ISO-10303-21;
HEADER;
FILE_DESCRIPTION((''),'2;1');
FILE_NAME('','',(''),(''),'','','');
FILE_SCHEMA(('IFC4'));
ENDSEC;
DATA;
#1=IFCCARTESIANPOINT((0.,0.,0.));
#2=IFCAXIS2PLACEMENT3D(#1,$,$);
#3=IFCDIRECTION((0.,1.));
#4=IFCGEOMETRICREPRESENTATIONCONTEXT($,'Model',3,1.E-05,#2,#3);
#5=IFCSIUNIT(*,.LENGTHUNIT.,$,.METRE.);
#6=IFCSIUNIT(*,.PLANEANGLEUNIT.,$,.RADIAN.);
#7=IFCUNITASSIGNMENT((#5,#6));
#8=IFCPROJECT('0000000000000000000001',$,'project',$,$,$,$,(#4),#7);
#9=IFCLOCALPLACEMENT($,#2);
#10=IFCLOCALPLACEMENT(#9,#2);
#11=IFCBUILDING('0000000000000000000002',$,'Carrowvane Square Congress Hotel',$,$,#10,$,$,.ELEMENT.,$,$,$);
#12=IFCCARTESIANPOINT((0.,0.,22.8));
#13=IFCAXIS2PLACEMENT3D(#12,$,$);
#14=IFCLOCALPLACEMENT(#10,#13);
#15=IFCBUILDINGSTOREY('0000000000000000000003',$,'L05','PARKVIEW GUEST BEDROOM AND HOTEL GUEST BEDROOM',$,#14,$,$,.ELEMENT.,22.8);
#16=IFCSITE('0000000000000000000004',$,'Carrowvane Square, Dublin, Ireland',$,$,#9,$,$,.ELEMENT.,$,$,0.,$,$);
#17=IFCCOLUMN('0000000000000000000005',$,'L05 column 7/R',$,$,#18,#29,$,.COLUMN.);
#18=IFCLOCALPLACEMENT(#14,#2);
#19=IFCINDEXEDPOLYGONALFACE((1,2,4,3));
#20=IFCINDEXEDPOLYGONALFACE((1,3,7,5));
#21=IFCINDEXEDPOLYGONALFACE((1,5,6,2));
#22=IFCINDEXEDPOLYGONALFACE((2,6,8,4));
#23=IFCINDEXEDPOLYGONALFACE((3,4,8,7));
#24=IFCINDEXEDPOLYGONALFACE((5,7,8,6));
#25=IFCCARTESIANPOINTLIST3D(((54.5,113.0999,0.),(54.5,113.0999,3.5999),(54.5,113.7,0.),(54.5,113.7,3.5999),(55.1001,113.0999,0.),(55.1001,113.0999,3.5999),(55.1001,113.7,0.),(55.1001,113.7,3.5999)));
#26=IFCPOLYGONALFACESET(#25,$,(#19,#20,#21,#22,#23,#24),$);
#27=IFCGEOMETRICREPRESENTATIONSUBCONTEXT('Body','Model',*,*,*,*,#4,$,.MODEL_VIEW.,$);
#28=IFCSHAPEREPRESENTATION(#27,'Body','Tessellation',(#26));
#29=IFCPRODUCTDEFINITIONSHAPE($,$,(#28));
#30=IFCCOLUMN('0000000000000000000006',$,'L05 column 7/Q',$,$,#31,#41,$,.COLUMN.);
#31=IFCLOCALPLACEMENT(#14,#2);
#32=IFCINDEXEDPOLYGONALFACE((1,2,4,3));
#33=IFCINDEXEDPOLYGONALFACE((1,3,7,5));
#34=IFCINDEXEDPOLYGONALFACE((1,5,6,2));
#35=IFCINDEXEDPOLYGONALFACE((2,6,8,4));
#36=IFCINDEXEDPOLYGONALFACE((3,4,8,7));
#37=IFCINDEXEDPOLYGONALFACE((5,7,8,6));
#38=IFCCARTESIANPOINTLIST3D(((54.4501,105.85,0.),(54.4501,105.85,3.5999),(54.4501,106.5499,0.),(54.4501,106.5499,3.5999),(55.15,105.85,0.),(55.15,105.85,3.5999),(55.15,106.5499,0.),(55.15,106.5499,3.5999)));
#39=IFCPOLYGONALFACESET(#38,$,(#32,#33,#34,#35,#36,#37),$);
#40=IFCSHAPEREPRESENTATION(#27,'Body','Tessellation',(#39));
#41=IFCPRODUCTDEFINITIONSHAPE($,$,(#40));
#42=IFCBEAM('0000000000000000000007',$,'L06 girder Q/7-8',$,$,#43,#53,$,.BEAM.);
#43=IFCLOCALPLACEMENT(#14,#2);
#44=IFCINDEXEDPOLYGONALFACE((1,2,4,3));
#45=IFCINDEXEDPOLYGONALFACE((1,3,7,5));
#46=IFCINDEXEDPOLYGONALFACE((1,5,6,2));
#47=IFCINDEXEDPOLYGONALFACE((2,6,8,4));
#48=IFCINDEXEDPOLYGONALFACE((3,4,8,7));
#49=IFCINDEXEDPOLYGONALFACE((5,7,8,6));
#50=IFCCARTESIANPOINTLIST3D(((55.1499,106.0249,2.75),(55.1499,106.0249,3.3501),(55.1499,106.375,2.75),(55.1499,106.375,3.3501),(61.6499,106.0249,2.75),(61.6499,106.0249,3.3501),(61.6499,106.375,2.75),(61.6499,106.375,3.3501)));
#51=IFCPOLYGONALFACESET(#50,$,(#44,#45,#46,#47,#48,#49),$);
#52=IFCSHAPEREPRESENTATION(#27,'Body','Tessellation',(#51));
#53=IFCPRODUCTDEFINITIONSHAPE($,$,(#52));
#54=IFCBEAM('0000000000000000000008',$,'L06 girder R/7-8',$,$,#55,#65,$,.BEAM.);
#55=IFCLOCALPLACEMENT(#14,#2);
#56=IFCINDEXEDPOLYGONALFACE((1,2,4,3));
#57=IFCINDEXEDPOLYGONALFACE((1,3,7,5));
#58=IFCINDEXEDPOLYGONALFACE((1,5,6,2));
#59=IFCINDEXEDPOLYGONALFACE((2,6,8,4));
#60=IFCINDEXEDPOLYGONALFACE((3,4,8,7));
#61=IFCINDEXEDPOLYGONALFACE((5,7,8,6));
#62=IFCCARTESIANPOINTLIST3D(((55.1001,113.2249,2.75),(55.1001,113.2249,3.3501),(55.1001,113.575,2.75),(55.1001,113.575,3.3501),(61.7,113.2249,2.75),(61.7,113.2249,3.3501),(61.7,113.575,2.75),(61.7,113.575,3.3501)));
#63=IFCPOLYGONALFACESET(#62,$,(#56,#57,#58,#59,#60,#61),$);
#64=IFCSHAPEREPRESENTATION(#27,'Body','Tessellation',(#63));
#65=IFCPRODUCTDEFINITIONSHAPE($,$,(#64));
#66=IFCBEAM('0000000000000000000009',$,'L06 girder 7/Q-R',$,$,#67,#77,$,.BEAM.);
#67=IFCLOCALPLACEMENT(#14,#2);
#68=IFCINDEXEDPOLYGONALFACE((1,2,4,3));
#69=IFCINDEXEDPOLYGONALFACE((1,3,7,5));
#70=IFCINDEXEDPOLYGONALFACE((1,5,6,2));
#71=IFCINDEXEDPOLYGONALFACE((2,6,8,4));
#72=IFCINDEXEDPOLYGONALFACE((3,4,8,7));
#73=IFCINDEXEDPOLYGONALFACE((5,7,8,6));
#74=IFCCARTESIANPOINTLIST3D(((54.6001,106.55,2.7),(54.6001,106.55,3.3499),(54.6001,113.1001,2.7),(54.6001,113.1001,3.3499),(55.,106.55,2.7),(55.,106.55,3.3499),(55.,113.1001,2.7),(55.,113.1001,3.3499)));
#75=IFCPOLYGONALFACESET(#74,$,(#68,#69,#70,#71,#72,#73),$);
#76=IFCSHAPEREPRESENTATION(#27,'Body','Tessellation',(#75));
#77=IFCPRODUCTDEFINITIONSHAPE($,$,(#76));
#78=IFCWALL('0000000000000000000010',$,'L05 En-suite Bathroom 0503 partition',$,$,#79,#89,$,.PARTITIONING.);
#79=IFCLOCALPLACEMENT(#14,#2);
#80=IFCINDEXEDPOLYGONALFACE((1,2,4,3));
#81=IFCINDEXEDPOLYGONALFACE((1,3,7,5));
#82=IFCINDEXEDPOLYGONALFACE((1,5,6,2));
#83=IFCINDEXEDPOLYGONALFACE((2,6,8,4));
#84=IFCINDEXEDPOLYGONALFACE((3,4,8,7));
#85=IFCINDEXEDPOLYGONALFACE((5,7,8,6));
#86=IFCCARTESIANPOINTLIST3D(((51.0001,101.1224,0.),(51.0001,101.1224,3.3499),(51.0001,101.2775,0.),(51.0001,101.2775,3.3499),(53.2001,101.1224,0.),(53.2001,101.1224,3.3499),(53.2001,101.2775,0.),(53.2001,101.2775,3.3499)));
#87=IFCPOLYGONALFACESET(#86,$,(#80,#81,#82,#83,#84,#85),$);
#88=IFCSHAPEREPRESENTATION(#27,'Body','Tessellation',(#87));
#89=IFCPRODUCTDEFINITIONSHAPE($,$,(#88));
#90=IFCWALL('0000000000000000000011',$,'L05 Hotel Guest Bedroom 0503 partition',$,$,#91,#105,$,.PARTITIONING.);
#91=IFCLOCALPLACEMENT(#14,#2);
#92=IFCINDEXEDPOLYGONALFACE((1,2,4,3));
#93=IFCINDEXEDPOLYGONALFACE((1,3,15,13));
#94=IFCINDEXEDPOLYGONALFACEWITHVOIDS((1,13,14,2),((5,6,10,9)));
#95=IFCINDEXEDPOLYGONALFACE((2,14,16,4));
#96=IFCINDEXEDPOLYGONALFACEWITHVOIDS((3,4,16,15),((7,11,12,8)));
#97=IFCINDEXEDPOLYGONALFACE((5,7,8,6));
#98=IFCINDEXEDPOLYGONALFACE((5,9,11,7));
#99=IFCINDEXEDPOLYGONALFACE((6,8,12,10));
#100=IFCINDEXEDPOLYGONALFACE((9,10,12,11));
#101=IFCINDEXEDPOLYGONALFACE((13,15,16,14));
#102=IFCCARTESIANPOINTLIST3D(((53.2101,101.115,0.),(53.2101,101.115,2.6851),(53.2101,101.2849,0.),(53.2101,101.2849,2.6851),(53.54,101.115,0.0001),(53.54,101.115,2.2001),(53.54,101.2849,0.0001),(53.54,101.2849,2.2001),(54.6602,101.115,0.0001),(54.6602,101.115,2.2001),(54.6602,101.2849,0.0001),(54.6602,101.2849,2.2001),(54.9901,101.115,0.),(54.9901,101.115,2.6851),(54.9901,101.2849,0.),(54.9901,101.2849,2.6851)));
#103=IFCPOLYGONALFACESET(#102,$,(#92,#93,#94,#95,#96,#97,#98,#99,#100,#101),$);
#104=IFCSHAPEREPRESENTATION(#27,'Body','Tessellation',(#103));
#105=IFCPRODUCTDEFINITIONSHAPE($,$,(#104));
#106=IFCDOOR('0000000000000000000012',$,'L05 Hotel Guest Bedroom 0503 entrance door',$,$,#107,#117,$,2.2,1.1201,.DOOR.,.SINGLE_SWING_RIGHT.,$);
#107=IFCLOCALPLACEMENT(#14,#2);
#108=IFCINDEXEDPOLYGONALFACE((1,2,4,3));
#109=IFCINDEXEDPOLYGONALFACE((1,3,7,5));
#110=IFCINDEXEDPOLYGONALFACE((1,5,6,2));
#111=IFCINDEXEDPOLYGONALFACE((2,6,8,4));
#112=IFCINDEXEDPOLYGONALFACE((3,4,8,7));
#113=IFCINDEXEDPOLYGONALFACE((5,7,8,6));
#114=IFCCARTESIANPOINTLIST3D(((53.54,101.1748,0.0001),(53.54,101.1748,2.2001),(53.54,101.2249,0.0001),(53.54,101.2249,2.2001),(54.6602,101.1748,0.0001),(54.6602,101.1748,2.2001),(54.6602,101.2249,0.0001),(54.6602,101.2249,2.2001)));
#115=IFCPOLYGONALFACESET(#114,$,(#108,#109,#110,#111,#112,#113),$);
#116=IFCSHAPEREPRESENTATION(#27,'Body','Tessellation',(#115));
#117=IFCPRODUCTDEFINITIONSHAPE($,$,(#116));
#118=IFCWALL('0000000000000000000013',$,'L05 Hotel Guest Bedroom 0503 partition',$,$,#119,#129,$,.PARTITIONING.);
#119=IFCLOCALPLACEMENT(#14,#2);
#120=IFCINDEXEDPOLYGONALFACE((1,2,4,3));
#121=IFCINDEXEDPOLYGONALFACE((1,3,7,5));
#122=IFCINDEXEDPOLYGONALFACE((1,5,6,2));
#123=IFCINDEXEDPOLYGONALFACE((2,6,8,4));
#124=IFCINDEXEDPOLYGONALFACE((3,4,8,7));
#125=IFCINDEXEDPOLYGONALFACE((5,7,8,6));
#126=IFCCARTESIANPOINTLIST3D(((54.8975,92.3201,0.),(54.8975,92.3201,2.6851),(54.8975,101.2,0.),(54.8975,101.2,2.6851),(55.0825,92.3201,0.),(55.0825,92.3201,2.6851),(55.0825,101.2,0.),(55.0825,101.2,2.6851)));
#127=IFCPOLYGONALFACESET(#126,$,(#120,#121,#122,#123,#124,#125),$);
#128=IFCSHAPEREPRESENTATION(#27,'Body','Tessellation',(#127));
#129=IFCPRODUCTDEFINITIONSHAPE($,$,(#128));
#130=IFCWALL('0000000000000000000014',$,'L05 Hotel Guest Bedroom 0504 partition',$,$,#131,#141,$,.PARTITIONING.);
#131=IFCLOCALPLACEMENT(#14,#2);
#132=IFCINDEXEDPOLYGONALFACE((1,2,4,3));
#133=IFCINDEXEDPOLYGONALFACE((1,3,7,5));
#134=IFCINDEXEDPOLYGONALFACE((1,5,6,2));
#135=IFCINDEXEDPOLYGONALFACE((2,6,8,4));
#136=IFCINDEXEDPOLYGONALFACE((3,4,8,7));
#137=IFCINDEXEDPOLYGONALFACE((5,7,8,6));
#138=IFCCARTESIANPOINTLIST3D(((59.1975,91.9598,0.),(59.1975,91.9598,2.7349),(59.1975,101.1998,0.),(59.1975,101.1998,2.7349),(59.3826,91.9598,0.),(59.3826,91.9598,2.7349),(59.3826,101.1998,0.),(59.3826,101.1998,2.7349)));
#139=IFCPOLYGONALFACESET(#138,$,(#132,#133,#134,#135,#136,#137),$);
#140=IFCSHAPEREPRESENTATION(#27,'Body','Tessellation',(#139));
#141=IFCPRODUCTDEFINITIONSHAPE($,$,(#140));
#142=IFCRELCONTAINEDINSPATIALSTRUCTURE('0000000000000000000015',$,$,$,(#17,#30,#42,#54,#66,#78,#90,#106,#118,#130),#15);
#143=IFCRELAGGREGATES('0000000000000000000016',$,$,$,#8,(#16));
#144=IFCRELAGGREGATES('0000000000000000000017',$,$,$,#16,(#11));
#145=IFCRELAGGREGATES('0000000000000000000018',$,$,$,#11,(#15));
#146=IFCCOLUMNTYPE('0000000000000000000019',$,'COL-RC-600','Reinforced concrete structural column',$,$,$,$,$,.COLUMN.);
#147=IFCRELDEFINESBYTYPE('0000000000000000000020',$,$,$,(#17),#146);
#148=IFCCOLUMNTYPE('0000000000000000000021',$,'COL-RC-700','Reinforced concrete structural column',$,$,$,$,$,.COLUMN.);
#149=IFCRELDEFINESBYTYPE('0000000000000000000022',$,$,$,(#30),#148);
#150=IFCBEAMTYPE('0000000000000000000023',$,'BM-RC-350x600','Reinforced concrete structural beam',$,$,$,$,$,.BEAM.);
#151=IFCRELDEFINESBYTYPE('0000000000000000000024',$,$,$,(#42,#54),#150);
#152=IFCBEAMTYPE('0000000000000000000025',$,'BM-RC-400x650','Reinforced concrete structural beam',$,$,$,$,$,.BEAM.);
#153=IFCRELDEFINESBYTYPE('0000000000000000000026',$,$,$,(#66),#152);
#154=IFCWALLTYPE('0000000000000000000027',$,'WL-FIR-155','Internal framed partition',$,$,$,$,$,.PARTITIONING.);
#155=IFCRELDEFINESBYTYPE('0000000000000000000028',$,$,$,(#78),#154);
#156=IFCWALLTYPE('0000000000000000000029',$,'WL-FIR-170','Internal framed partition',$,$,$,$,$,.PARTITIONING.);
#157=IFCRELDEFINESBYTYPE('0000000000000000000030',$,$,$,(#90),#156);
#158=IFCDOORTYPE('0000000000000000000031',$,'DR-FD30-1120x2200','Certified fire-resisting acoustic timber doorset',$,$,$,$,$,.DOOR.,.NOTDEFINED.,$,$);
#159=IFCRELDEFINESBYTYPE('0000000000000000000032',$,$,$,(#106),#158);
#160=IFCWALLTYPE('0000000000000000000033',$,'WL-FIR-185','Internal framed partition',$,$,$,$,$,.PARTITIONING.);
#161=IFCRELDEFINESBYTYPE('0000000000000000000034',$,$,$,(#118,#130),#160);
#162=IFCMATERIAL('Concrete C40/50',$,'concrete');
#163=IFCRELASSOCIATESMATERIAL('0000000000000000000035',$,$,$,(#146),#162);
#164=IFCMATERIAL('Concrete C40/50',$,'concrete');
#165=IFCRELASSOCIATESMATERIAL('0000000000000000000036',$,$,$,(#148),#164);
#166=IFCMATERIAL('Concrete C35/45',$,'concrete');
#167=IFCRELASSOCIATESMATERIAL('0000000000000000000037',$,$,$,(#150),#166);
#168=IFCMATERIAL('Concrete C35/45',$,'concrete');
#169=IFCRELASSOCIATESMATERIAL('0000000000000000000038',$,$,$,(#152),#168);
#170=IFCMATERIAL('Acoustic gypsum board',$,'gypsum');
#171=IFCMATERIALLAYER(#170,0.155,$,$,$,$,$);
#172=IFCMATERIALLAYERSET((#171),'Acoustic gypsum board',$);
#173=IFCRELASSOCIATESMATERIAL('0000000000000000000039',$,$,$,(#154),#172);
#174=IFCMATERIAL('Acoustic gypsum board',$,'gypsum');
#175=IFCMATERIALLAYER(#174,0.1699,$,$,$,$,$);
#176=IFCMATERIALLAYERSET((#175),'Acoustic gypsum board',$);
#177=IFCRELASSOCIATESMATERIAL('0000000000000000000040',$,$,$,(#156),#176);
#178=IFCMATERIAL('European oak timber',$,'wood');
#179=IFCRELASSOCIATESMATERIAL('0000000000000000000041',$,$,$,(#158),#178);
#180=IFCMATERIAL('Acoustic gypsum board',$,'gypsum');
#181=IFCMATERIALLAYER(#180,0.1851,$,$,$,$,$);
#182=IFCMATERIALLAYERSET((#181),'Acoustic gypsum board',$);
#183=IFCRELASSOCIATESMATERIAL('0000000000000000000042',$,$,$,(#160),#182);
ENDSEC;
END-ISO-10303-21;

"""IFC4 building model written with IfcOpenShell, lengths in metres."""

from ifc_helpers import new_model, si_unit, direction, frame, frame_2d, origin, origin_2d, place, context, subcontext, project, spatial, rectangle, extrude, material, layer, layer_set, material_profile, profile_set, type_object, element, fill, save


model = new_model("IFC4")

# Units and contexts
model_context = context("Model", 3, precision=1e-05, world=origin(), true_north=direction((0.0, 1.0)))
body_context = subcontext(model_context, "Body", "Model", "MODEL_VIEW")
ifc_project = project(units=[si_unit("LENGTHUNIT", "METRE"), si_unit("PLANEANGLEUNIT", "RADIAN")], contexts=[model_context])

# Site, building, storey
site_placement = place(None, origin())
site = spatial("IfcSite", under=ifc_project, at=site_placement, Name="Carrowvane Square, Dublin, Ireland", CompositionType="ELEMENT", RefElevation=0.0)
building_placement = place(site_placement, origin())
building = spatial("IfcBuilding", under=site, at=building_placement, Name="Carrowvane Square Congress Hotel", CompositionType="ELEMENT")
storey_placement = place(building_placement, frame((0.0, 0.0, 22.8)))
storey = spatial("IfcBuildingStorey", under=building, at=storey_placement, Name="L05", Description="PARKVIEW GUEST BEDROOM AND HOTEL GUEST BEDROOM", CompositionType="ELEMENT", Elevation=22.8)

# Columns
ifc_material_1 = material(Name="Concrete C40/50", Category="concrete")
ifc_material_profile_1 = material_profile(ifc_material_1, rectangle(XDim=0.6001, YDim=0.6001, at=origin_2d()), Name="RC 600x600")
ifc_profile_set_1 = profile_set([ifc_material_profile_1], Name="Concrete C40/50")
column_type_1 = type_object("IfcColumnType", Name="COL-RC-600", Description="Reinforced concrete structural column", PredefinedType="COLUMN", material=ifc_profile_set_1)
column_1_placement = place(storey_placement, frame((54.8, 113.3999, 0.0), z_axis=(0.0, 0.0, 1.0), x_axis=(1.0, 0.0, 0.0)))
element("IfcColumn", 1, at=column_1_placement, inside=storey, type_object=column_type_1, Name="L05 column 7/R", PredefinedType="COLUMN", context=body_context, shape_type="SweptSolid", body=[
    extrude(rectangle(XDim=0.6001, YDim=0.6001, at=origin_2d()), origin(), (0.0, 0.0, 1.0), 3.5999),
])
ifc_material_2 = material(Name="Concrete C40/50", Category="concrete")
ifc_material_profile_2 = material_profile(ifc_material_2, rectangle(XDim=0.7, YDim=0.7, at=origin_2d()), Name="RC 700x700")
ifc_profile_set_2 = profile_set([ifc_material_profile_2], Name="Concrete C40/50")
column_type_2 = type_object("IfcColumnType", Name="COL-RC-700", Description="Reinforced concrete structural column", PredefinedType="COLUMN", material=ifc_profile_set_2)
column_2_placement = place(storey_placement, frame((54.8, 106.2, 0.0), z_axis=(0.0, 0.0, 1.0), x_axis=(1.0, 0.0, 0.0)))
element("IfcColumn", 2, at=column_2_placement, inside=storey, type_object=column_type_2, Name="L05 column 7/Q", PredefinedType="COLUMN", context=body_context, shape_type="SweptSolid", body=[
    extrude(rectangle(XDim=0.7, YDim=0.7, at=origin_2d()), origin(), (0.0, 0.0, 1.0), 3.5999),
])

# Beams
ifc_material_3 = material(Name="Concrete C35/45", Category="concrete")
ifc_material_profile_3 = material_profile(ifc_material_3, rectangle(XDim=0.3501, YDim=0.6001, at=origin_2d()), Name="RC 350x600")
ifc_profile_set_3 = profile_set([ifc_material_profile_3], Name="Concrete C35/45")
beam_type_1 = type_object("IfcBeamType", Name="BM-RC-350x600", Description="Reinforced concrete structural beam", PredefinedType="BEAM", material=ifc_profile_set_3)
beam_1_placement = place(storey_placement, frame((55.1499, 106.2, 3.05), z_axis=(1.0, 0.0, 0.0), x_axis=(0.0, 1.0, 0.0)))
element("IfcBeam", 3, at=beam_1_placement, inside=storey, type_object=beam_type_1, Name="L06 girder Q/7-8", PredefinedType="BEAM", context=body_context, shape_type="SweptSolid", body=[
    extrude(rectangle(XDim=0.3501, YDim=0.6001, at=origin_2d()), origin(), (0.0, 0.0, 1.0), 6.5),
])
beam_2_placement = place(storey_placement, frame((55.1001, 113.3999, 3.05), z_axis=(1.0, 0.0, 0.0), x_axis=(0.0, 1.0, 0.0)))
element("IfcBeam", 4, at=beam_2_placement, inside=storey, type_object=beam_type_1, Name="L06 girder R/7-8", PredefinedType="BEAM", context=body_context, shape_type="SweptSolid", body=[
    extrude(rectangle(XDim=0.3501, YDim=0.6001, at=origin_2d()), origin(), (0.0, 0.0, 1.0), 6.5999),
])
ifc_material_4 = material(Name="Concrete C35/45", Category="concrete")
ifc_material_profile_4 = material_profile(ifc_material_4, rectangle(XDim=0.3999, YDim=0.6499, at=origin_2d()), Name="RC 400x650")
ifc_profile_set_4 = profile_set([ifc_material_profile_4], Name="Concrete C35/45")
beam_type_2 = type_object("IfcBeamType", Name="BM-RC-400x650", Description="Reinforced concrete structural beam", PredefinedType="BEAM", material=ifc_profile_set_4)
beam_3_placement = place(storey_placement, frame((54.8, 106.55, 3.0249), z_axis=(0.0, 1.0, 0.0), x_axis=(-1.0, 0.0, 0.0)))
element("IfcBeam", 5, at=beam_3_placement, inside=storey, type_object=beam_type_2, Name="L06 girder 7/Q-R", PredefinedType="BEAM", context=body_context, shape_type="SweptSolid", body=[
    extrude(rectangle(XDim=0.3999, YDim=0.6499, at=origin_2d()), origin(), (0.0, 0.0, 1.0), 6.55),
])

# Wall
ifc_material_5 = material(Name="Acoustic gypsum board", Category="gypsum")
ifc_layer_1 = layer(ifc_material_5, 0.155)
ifc_layer_set_1 = layer_set([ifc_layer_1], Name="Acoustic gypsum board")
wall_type_1 = type_object("IfcWallType", Name="WL-FIR-155", Description="Internal framed partition", PredefinedType="PARTITIONING", material=ifc_layer_set_1)
wall_1_placement = place(storey_placement, frame((51.0, 101.2, 0.0), z_axis=(0.0, 0.0, 1.0), x_axis=(1.0, 0.0, 0.0)))
element("IfcWall", 6, at=wall_1_placement, inside=storey, type_object=wall_type_1, Name="L05 En-suite Bathroom 0503 partition", PredefinedType="PARTITIONING", context=body_context, shape_type="SweptSolid", body=[
    extrude(rectangle(XDim=2.2, YDim=0.155, at=frame_2d((1.1001, 0.0))), origin(), (0.0, 0.0, 1.0), 3.3499),
])

# Wall, opening, door
ifc_material_6 = material(Name="Acoustic gypsum board", Category="gypsum")
ifc_layer_2 = layer(ifc_material_6, 0.1699)
ifc_layer_set_2 = layer_set([ifc_layer_2], Name="Acoustic gypsum board")
wall_type_2 = type_object("IfcWallType", Name="WL-FIR-170", Description="Internal framed partition", PredefinedType="PARTITIONING", material=ifc_layer_set_2)
wall_2_placement = place(storey_placement, frame((53.21, 101.2, 0.0), z_axis=(0.0, 0.0, 1.0), x_axis=(1.0, 0.0, 0.0)))
wall_2 = element("IfcWall", 7, at=wall_2_placement, inside=storey, type_object=wall_type_2, Name="L05 Hotel Guest Bedroom 0503 partition", PredefinedType="PARTITIONING", context=body_context, shape_type="SweptSolid", body=[
    extrude(rectangle(XDim=1.78, YDim=0.1699, at=frame_2d((0.8901, 0.0))), origin(), (0.0, 0.0, 1.0), 2.6851),
])
opening_1_placement = place(wall_2_placement, frame((0.3301, 0.0, 0.0)))
opening_1 = element("IfcOpeningElement", 8, at=opening_1_placement, cuts=wall_2, PredefinedType="OPENING", context=body_context, shape_type="SweptSolid", body=[
    extrude(rectangle(XDim=1.1201, YDim=2.2, at=frame_2d((0.5601, 1.1001))), frame((0.0, 0.095, 0.0), z_axis=(0.0, -1.0, 0.0), x_axis=(1.0, 0.0, 0.0)), (0.0, 0.0, 1.0), 0.1899),
])
ifc_material_7 = material(Name="European oak timber", Category="wood")
door_type_1 = type_object("IfcDoorType", Name="DR-FD30-1120x2200", Description="Certified fire-resisting acoustic timber doorset", OperationType="NOTDEFINED", PredefinedType="DOOR", material=ifc_material_7)
door_1_placement = place(opening_1_placement, origin())
door_1 = element("IfcDoor", 9, at=door_1_placement, inside=storey, type_object=door_type_1, Name="L05 Hotel Guest Bedroom 0503 entrance door", OperationType="SINGLE_SWING_RIGHT", OverallHeight=2.2, OverallWidth=1.1201, PredefinedType="DOOR", context=body_context, shape_type="SweptSolid", body=[
    extrude(rectangle(XDim=1.1201, YDim=2.2, at=frame_2d((0.5601, 1.1001))), frame((0.0, 0.0249, 0.0), z_axis=(0.0, -1.0, 0.0), x_axis=(1.0, 0.0, 0.0)), (0.0, 0.0, 1.0), 0.05),
])
fill(opening_1, door_1)

# Walls
ifc_material_8 = material(Name="Acoustic gypsum board", Category="gypsum")
ifc_layer_3 = layer(ifc_material_8, 0.1851)
ifc_layer_set_3 = layer_set([ifc_layer_3], Name="Acoustic gypsum board")
wall_type_3 = type_object("IfcWallType", Name="WL-FIR-185", Description="Internal framed partition", PredefinedType="PARTITIONING", material=ifc_layer_set_3)
wall_3_placement = place(storey_placement, frame((54.99, 101.2, 0.0), z_axis=(0.0, 0.0, 1.0), x_axis=(0.0, -1.0, 0.0)))
element("IfcWall", 10, at=wall_3_placement, inside=storey, type_object=wall_type_3, Name="L05 Hotel Guest Bedroom 0503 partition", PredefinedType="PARTITIONING", context=body_context, shape_type="SweptSolid", body=[
    extrude(rectangle(XDim=8.8799, YDim=0.1851, at=frame_2d((4.4399, 0.0))), origin(), (0.0, 0.0, 1.0), 2.6851),
])
wall_4_placement = place(storey_placement, frame((59.29, 101.2, 0.0), z_axis=(0.0, 0.0, 1.0), x_axis=(0.0, -1.0, 0.0)))
element("IfcWall", 11, at=wall_4_placement, inside=storey, type_object=wall_type_3, Name="L05 Hotel Guest Bedroom 0504 partition", PredefinedType="PARTITIONING", context=body_context, shape_type="SweptSolid", body=[
    extrude(rectangle(XDim=9.24, YDim=0.1851, at=frame_2d((4.6201, 0.0))), origin(), (0.0, 0.0, 1.0), 2.7349),
])

save(model, "model.ifc")
